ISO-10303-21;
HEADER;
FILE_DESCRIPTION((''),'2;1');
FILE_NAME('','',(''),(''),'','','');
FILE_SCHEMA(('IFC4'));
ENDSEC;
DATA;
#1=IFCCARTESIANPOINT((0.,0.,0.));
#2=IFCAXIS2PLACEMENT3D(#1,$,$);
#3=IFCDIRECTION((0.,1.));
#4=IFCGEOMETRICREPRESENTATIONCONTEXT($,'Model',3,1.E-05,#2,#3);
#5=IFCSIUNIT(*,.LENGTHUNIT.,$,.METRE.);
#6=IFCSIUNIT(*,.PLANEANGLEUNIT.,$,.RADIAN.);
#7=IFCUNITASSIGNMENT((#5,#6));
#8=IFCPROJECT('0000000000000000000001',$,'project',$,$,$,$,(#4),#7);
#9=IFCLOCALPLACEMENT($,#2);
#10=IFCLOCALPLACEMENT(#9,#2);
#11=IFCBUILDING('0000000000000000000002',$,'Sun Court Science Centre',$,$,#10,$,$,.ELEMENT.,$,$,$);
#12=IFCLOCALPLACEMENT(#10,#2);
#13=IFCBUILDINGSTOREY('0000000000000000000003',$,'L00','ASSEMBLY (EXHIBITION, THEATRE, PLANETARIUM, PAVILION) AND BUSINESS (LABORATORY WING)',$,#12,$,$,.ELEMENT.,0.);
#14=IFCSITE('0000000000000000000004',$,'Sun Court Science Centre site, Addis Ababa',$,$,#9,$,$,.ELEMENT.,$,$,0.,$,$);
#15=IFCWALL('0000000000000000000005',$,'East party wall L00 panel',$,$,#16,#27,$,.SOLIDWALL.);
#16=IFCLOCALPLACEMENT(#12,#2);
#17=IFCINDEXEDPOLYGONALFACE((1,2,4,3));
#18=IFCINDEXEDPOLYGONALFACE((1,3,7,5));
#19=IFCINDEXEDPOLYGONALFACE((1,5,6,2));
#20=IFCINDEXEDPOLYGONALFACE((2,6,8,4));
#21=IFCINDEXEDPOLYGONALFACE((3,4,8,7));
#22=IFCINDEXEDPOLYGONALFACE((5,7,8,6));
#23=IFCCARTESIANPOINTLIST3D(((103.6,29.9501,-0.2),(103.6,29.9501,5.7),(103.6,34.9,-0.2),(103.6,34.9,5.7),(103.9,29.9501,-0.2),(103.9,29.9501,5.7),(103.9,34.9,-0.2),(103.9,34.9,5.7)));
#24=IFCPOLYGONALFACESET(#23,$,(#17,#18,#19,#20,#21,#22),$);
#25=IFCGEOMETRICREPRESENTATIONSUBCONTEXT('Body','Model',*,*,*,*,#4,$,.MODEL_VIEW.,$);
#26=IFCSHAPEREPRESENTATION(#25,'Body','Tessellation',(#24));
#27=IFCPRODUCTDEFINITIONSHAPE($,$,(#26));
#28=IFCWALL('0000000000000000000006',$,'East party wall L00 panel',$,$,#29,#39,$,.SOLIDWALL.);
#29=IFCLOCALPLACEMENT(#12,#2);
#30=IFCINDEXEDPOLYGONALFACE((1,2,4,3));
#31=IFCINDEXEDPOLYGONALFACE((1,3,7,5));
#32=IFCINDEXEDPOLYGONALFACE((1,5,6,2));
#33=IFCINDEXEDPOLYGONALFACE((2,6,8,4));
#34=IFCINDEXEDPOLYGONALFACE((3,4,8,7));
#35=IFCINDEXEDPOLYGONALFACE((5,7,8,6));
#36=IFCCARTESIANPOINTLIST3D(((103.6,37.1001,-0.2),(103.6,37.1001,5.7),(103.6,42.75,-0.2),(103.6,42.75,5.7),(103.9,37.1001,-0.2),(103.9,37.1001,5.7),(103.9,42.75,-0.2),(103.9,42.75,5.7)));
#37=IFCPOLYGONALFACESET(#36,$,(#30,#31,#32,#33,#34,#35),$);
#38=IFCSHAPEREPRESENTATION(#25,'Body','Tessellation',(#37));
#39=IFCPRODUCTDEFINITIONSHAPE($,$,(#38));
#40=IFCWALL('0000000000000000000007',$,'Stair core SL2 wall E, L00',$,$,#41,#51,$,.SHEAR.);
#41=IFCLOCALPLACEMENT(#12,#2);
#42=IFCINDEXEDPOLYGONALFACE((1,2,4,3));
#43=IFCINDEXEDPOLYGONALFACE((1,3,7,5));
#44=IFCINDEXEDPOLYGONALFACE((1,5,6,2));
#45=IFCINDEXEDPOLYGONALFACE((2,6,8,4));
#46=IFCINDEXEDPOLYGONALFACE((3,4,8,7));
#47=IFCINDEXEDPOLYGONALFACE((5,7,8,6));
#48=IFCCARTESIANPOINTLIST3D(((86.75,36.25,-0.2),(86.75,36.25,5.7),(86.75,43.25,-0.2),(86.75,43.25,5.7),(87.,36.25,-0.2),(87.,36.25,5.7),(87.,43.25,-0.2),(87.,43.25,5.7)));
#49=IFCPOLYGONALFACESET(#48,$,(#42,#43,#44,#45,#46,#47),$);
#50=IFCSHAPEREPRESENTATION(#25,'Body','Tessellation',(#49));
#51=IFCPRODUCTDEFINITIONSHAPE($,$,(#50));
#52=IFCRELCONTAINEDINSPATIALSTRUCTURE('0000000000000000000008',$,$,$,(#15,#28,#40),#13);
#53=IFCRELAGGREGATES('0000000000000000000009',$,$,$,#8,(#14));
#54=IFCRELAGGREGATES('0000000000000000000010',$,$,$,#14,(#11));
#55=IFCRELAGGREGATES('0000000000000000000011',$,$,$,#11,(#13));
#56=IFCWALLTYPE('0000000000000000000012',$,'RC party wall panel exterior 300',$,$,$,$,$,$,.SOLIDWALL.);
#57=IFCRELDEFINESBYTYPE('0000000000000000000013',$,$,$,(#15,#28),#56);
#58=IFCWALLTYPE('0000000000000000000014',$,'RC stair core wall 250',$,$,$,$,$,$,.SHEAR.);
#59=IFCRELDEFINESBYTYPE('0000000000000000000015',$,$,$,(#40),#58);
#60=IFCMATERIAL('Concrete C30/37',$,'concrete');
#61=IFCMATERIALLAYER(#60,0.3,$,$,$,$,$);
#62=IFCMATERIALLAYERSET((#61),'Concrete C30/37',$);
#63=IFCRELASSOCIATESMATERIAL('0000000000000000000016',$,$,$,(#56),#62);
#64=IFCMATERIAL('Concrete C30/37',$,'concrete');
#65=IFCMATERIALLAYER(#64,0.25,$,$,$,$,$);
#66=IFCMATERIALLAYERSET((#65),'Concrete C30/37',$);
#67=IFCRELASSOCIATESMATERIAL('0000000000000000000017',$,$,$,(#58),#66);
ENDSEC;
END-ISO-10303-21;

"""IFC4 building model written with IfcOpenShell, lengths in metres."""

from ifc_helpers import new_model, si_unit, direction, frame, frame_2d, origin, place, context, subcontext, project, spatial, rectangle, extrude, material, layer, layer_set, type_object, element, save


model = new_model("IFC4")

# Units and contexts
model_context = context("Model", 3, precision=1e-05, world=origin(), true_north=direction((0.0, 1.0)))
body_context = subcontext(model_context, "Body", "Model", "MODEL_VIEW")
ifc_project = project(units=[si_unit("LENGTHUNIT", "METRE"), si_unit("PLANEANGLEUNIT", "RADIAN")], contexts=[model_context])

# Site, building, storey
site_placement = place(None, origin())
site = spatial("IfcSite", under=ifc_project, at=site_placement, Name="Sun Court Science Centre site, Addis Ababa", CompositionType="ELEMENT", RefElevation=0.0)
building_placement = place(site_placement, origin())
building = spatial("IfcBuilding", under=site, at=building_placement, Name="Sun Court Science Centre", CompositionType="ELEMENT")
storey_placement = place(building_placement, origin())
storey = spatial("IfcBuildingStorey", under=building, at=storey_placement, Name="L00", Description="ASSEMBLY (EXHIBITION, THEATRE, PLANETARIUM, PAVILION) AND BUSINESS (LABORATORY WING)", CompositionType="ELEMENT", Elevation=0.0)

# Walls
ifc_material_1 = material(Name="Concrete C30/37", Category="concrete")
ifc_layer_1 = layer(ifc_material_1, 0.3)
ifc_layer_set_1 = layer_set([ifc_layer_1], Name="Concrete C30/37")
wall_type_1 = type_object("IfcWallType", Name="RC party wall panel exterior 300", PredefinedType="SOLIDWALL", material=ifc_layer_set_1)
wall_1_placement = place(storey_placement, frame((103.75, 29.95, -0.2), z_axis=(0.0, 0.0, 1.0), x_axis=(0.0, 1.0, 0.0)))
element("IfcWall", 1, at=wall_1_placement, inside=storey, type_object=wall_type_1, Name="East party wall L00 panel", PredefinedType="SOLIDWALL", context=body_context, shape_type="SweptSolid", body=[
    extrude(rectangle(XDim=4.95, YDim=0.3, at=frame_2d((2.4751, 0.0))), origin(), (0.0, 0.0, 1.0), 5.8999),
])
wall_2_placement = place(storey_placement, frame((103.75, 37.1001, -0.2), z_axis=(0.0, 0.0, 1.0), x_axis=(0.0, 1.0, 0.0)))
element("IfcWall", 2, at=wall_2_placement, inside=storey, type_object=wall_type_1, Name="East party wall L00 panel", PredefinedType="SOLIDWALL", context=body_context, shape_type="SweptSolid", body=[
    extrude(rectangle(XDim=5.6499, YDim=0.3, at=frame_2d((2.825, 0.0))), origin(), (0.0, 0.0, 1.0), 5.8999),
])
ifc_material_2 = material(Name="Concrete C30/37", Category="concrete")
ifc_layer_2 = layer(ifc_material_2, 0.25)
ifc_layer_set_2 = layer_set([ifc_layer_2], Name="Concrete C30/37")
wall_type_2 = type_object("IfcWallType", Name="RC stair core wall 250", PredefinedType="SHEAR", material=ifc_layer_set_2)
wall_3_placement = place(storey_placement, frame((86.875, 36.25, -0.2), z_axis=(0.0, 0.0, 1.0), x_axis=(0.0, 1.0, 0.0)))
element("IfcWall", 3, at=wall_3_placement, inside=storey, type_object=wall_type_2, Name="Stair core SL2 wall E, L00", PredefinedType="SHEAR", context=body_context, shape_type="SweptSolid", body=[
    extrude(rectangle(XDim=7.0, YDim=0.25, at=frame_2d((3.5, 0.0))), origin(), (0.0, 0.0, 1.0), 5.8999),
])

save(model, "model.ifc")
